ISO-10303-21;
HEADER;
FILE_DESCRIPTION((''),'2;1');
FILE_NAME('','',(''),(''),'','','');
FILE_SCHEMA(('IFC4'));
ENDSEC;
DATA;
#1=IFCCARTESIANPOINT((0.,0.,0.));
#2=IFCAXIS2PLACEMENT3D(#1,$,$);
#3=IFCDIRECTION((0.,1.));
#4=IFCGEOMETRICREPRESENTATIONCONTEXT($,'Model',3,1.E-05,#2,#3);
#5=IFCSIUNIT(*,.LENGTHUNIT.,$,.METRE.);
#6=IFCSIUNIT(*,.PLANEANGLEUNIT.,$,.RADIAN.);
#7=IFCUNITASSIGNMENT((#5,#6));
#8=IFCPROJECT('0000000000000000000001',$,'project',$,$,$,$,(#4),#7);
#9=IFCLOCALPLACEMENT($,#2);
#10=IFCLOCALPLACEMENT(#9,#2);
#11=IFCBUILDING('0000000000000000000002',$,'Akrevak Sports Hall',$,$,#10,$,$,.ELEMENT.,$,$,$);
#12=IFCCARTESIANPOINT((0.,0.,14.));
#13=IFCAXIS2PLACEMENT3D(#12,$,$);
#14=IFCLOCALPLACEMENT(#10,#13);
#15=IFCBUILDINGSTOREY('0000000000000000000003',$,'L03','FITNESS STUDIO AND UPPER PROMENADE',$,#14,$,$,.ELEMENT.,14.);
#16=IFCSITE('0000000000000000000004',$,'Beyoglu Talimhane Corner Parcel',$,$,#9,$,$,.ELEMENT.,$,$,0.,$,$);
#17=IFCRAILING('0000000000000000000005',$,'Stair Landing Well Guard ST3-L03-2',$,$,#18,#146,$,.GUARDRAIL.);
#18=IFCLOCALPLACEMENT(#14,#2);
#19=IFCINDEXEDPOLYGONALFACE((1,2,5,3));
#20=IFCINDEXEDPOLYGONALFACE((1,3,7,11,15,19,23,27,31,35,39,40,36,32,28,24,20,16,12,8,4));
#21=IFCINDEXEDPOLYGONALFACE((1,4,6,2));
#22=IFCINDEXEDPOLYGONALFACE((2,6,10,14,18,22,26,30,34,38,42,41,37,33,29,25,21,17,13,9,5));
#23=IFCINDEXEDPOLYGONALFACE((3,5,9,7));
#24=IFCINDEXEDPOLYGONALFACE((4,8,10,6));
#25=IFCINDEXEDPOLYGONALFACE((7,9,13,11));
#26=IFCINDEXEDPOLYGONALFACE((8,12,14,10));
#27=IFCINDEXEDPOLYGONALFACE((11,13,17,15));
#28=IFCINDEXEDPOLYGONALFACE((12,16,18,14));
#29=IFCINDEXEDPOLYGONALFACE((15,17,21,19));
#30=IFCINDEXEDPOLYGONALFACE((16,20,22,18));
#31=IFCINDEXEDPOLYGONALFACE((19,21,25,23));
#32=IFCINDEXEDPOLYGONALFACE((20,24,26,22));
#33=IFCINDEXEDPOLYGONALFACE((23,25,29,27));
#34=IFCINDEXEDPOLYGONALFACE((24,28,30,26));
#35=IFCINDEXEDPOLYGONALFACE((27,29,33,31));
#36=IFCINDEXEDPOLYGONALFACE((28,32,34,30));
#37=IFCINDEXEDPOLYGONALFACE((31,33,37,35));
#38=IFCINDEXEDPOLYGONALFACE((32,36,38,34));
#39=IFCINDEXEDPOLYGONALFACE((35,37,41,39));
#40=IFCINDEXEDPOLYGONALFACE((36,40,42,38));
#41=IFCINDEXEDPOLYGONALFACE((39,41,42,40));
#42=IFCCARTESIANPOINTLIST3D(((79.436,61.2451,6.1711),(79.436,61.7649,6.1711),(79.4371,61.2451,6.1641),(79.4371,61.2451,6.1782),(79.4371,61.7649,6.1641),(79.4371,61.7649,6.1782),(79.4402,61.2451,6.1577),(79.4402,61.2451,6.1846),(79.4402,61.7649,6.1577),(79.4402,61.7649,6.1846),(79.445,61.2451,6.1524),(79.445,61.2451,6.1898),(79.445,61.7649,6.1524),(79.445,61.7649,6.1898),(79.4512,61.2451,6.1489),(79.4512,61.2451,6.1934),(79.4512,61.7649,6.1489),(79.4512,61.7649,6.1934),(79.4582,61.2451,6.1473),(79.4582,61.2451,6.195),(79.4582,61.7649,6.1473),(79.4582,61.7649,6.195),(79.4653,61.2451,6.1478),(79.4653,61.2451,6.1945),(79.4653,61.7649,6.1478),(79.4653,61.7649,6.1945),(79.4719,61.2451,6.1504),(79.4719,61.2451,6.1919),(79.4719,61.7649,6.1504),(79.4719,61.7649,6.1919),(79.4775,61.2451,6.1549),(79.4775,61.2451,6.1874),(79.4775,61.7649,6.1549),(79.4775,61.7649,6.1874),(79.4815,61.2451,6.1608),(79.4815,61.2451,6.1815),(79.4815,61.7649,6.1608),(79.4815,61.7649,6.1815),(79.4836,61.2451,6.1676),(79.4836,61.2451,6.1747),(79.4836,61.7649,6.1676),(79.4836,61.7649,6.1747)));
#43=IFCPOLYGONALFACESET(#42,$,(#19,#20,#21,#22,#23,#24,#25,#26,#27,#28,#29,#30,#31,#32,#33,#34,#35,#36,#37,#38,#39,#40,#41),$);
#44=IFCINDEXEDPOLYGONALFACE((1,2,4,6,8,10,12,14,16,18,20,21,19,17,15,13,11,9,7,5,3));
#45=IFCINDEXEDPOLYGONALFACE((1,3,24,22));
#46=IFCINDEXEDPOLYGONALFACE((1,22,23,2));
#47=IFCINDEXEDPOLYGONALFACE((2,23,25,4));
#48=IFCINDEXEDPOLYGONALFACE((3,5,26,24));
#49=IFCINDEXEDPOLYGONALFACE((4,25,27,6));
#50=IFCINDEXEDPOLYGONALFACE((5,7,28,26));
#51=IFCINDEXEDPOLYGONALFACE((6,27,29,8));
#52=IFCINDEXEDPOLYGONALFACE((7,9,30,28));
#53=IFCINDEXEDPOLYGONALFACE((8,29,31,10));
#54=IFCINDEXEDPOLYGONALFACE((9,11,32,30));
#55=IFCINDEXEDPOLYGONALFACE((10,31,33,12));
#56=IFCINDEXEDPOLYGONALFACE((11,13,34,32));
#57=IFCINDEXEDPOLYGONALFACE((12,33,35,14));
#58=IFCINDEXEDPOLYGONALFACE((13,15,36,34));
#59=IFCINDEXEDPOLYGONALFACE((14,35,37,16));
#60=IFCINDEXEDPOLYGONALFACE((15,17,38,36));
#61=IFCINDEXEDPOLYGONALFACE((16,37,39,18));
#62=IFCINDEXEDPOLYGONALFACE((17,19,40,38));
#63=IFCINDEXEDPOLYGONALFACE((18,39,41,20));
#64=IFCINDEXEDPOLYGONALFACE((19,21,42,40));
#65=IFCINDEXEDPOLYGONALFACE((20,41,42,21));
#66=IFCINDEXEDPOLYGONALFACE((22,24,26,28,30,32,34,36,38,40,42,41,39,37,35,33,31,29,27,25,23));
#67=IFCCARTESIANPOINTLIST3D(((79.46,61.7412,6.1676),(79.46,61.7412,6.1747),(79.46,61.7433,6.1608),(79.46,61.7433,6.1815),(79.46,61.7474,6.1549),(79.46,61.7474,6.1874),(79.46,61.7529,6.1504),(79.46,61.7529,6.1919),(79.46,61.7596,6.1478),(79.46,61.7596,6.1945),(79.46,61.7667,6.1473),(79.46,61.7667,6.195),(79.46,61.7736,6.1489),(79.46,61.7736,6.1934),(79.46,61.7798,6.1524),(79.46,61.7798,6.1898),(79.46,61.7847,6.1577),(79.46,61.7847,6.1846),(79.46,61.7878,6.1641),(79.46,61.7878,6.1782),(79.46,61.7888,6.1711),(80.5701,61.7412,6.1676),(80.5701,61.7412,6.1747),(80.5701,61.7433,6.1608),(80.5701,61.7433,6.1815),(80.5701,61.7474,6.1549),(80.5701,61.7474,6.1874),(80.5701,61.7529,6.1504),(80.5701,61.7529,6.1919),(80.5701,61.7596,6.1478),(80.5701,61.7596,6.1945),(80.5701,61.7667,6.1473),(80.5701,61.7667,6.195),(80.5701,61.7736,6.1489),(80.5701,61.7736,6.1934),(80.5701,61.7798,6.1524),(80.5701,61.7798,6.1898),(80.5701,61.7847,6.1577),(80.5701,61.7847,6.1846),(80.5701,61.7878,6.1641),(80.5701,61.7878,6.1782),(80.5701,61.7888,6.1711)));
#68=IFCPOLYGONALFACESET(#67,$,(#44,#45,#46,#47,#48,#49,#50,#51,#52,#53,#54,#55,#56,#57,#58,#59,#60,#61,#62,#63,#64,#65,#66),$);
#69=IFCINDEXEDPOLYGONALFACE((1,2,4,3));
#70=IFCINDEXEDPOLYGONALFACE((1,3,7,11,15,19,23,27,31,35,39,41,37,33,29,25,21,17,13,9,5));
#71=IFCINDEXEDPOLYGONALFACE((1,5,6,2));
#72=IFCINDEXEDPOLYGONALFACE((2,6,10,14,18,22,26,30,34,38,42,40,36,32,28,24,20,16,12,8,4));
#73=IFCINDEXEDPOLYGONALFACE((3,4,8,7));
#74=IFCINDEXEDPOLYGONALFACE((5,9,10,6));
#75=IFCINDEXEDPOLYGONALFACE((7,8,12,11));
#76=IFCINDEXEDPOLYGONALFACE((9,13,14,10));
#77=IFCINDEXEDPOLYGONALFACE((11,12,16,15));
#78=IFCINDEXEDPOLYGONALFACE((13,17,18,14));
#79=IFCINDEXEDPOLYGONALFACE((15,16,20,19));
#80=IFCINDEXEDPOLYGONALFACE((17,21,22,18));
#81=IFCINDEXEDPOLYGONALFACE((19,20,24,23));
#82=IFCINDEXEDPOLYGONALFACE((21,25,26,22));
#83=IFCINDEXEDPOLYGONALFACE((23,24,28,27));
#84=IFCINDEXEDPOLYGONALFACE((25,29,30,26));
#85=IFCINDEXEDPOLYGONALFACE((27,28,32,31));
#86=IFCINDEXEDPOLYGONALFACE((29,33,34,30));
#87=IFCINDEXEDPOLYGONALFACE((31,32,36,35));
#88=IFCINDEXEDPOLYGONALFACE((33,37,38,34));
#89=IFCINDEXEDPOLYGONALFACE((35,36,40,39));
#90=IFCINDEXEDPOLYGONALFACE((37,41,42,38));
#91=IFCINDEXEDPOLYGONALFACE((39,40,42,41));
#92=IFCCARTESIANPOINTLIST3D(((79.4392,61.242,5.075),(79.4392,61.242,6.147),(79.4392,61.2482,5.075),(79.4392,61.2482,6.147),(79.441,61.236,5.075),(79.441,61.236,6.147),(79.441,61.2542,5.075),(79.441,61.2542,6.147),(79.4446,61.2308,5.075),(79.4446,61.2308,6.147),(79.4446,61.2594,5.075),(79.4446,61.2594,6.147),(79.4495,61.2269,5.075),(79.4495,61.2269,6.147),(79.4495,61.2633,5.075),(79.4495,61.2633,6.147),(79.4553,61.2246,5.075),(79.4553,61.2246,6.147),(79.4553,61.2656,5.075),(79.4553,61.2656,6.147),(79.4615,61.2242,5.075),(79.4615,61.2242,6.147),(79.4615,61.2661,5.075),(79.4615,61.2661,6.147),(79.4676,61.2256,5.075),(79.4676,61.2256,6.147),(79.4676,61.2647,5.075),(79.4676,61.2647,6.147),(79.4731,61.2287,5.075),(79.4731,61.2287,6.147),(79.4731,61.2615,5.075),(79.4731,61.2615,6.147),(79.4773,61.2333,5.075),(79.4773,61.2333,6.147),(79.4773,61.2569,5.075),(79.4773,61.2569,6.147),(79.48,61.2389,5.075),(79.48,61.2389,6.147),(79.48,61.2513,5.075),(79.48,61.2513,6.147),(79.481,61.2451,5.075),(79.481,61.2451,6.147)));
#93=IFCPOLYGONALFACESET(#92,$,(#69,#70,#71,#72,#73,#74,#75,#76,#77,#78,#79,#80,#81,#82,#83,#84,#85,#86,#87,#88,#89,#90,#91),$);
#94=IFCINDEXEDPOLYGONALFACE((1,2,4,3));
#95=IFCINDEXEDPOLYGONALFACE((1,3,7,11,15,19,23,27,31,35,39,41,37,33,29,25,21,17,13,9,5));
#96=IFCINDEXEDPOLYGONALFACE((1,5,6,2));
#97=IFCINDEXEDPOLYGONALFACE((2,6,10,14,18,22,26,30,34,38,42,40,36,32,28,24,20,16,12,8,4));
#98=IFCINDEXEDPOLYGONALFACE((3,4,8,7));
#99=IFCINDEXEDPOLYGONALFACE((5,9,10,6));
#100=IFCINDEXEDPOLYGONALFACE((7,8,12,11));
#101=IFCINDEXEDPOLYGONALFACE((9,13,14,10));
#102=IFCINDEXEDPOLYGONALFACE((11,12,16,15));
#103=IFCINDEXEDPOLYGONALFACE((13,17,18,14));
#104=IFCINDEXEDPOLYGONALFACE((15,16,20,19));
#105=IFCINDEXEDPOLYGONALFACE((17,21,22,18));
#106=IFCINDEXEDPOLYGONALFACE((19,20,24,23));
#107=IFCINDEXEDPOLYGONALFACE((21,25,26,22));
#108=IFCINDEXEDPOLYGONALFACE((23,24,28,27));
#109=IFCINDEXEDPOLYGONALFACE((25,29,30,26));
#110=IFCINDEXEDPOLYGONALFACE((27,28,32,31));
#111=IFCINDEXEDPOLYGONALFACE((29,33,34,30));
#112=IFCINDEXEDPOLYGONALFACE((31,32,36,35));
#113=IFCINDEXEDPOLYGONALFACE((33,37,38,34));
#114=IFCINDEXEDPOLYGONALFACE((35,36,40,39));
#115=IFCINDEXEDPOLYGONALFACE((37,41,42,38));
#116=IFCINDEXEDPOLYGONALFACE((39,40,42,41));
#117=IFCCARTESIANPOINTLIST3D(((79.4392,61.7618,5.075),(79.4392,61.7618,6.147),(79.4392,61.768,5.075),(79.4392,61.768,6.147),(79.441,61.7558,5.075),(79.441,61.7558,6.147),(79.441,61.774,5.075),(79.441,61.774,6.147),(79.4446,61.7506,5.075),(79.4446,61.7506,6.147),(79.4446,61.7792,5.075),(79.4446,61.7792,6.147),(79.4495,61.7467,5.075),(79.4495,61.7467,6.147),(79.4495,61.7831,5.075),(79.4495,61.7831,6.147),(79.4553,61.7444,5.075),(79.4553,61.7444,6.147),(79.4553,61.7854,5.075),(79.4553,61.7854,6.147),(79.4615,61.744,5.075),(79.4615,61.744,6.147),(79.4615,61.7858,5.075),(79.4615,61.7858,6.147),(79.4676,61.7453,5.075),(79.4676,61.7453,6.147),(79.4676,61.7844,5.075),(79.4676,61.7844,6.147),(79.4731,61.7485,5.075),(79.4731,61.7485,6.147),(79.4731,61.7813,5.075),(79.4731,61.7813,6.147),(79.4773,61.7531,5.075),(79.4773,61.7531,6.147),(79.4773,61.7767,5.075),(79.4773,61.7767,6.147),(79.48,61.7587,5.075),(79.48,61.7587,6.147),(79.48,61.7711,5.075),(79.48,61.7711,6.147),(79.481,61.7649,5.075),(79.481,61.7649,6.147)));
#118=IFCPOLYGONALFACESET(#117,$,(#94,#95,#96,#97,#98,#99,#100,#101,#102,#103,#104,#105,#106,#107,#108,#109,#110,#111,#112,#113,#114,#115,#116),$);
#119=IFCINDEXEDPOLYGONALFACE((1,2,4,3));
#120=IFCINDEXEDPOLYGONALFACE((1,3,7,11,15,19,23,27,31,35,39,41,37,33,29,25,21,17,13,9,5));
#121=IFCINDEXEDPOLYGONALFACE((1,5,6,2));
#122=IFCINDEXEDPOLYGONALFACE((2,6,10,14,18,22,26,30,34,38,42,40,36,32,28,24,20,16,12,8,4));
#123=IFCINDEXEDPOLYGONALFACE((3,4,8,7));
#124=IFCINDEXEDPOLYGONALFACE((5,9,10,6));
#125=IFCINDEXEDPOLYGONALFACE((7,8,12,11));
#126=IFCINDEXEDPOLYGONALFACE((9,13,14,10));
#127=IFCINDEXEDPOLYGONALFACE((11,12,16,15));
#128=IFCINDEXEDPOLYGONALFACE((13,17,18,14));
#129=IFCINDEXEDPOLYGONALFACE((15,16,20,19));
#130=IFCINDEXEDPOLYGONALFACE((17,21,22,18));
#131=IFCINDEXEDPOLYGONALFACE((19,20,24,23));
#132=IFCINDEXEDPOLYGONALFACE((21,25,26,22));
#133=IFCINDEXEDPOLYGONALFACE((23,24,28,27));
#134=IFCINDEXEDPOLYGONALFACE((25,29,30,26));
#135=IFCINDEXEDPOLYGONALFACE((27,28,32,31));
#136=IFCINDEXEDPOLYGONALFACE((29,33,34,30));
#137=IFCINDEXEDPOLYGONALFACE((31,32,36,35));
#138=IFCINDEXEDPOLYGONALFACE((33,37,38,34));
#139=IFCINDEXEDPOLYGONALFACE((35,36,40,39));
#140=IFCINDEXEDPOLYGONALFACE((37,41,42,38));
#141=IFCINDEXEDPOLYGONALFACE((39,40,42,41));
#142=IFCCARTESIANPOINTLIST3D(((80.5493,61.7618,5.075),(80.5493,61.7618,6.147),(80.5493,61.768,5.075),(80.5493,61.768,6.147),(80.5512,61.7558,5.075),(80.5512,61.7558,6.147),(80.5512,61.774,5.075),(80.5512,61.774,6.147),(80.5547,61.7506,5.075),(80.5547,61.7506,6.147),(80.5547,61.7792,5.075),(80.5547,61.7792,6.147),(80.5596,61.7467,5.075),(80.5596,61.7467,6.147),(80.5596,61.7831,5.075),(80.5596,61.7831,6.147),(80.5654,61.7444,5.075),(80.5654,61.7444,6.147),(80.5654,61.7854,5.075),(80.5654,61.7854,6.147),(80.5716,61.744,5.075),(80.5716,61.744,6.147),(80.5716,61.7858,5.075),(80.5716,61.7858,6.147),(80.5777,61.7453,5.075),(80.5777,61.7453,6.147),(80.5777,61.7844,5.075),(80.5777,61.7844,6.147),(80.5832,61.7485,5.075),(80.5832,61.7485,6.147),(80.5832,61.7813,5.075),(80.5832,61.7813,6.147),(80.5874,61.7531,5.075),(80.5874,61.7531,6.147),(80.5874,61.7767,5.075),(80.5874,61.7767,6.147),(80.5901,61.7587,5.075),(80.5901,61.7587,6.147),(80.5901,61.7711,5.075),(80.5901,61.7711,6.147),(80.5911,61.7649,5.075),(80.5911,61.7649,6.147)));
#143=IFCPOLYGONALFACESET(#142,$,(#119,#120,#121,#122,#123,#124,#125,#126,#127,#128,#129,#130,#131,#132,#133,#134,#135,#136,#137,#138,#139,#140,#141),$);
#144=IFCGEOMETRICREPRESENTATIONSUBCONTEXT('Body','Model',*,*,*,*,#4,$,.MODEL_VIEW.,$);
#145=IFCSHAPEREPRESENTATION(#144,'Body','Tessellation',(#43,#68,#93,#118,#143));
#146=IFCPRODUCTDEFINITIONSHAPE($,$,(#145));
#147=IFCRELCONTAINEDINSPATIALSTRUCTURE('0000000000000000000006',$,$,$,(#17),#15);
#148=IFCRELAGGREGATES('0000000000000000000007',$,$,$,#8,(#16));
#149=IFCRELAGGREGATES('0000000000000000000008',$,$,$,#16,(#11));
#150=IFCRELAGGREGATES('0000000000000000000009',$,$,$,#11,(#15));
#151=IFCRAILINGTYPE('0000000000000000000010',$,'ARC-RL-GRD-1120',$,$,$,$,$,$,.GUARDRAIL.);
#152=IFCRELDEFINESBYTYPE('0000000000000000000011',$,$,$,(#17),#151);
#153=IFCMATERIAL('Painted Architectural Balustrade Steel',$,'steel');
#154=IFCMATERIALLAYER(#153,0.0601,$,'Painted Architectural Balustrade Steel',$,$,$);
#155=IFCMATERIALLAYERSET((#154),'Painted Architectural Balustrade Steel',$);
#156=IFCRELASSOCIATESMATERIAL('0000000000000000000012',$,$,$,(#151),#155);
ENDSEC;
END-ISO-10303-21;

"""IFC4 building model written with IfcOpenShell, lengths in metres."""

from ifc_helpers import new_model, si_unit, direction, frame, origin, origin_2d, place, context, subcontext, project, spatial, circle, extrude, material, layer, layer_set, type_object, element, save


model = new_model("IFC4")

# Units and contexts
model_context = context("Model", 3, precision=1e-05, world=origin(), true_north=direction((0.0, 1.0)))
body_context = subcontext(model_context, "Body", "Model", "MODEL_VIEW")
ifc_project = project(units=[si_unit("LENGTHUNIT", "METRE"), si_unit("PLANEANGLEUNIT", "RADIAN")], contexts=[model_context])

# Site, building, storey
site_placement = place(None, origin())
site = spatial("IfcSite", under=ifc_project, at=site_placement, Name="Beyoglu Talimhane Corner Parcel", CompositionType="ELEMENT", RefElevation=0.0)
building_placement = place(site_placement, origin())
building = spatial("IfcBuilding", under=site, at=building_placement, Name="Akrevak Sports Hall", CompositionType="ELEMENT")
storey_placement = place(building_placement, frame((0.0, 0.0, 14.0)))
storey = spatial("IfcBuildingStorey", under=building, at=storey_placement, Name="L03", Description="FITNESS STUDIO AND UPPER PROMENADE", CompositionType="ELEMENT", Elevation=14.0)

# Railing
ifc_material_1 = material(Name="Painted Architectural Balustrade Steel", Category="steel")
ifc_layer_1 = layer(ifc_material_1, 0.0601, Name="Painted Architectural Balustrade Steel")
ifc_layer_set_1 = layer_set([ifc_layer_1], Name="Painted Architectural Balustrade Steel")
railing_type_1 = type_object("IfcRailingType", Name="ARC-RL-GRD-1120", PredefinedType="GUARDRAIL", material=ifc_layer_set_1)
railing_1_placement = place(storey_placement, frame((79.46, 61.2451, 5.075)))
element("IfcRailing", 1, at=railing_1_placement, inside=storey, type_object=railing_type_1, Name="Stair Landing Well Guard ST3-L03-2", PredefinedType="GUARDRAIL", context=body_context, shape_type="SweptSolid", body=[
    extrude(circle(Radius=0.0239, at=origin_2d()), frame((0.0, 0.0, 1.0962), z_axis=(0.0, 1.0, 0.0), x_axis=(-1.0, 0.0, 0.0)), (0.0, 0.0, 1.0), 0.5198),
    extrude(circle(Radius=0.0239, at=origin_2d()), frame((0.0, 0.5198, 1.0962), z_axis=(1.0, 0.0, 0.0), x_axis=(0.0, 1.0, 0.0)), (0.0, 0.0, 1.0), 1.1101),
    extrude(circle(Radius=0.021, at=origin_2d()), origin(), (0.0, 0.0, 1.0), 1.072),
    extrude(circle(Radius=0.021, at=origin_2d()), frame((0.0, 0.5198, 0.0)), (0.0, 0.0, 1.0), 1.072),
    extrude(circle(Radius=0.021, at=origin_2d()), frame((1.1101, 0.5198, 0.0)), (0.0, 0.0, 1.0), 1.072),
])

save(model, "model.ifc")
